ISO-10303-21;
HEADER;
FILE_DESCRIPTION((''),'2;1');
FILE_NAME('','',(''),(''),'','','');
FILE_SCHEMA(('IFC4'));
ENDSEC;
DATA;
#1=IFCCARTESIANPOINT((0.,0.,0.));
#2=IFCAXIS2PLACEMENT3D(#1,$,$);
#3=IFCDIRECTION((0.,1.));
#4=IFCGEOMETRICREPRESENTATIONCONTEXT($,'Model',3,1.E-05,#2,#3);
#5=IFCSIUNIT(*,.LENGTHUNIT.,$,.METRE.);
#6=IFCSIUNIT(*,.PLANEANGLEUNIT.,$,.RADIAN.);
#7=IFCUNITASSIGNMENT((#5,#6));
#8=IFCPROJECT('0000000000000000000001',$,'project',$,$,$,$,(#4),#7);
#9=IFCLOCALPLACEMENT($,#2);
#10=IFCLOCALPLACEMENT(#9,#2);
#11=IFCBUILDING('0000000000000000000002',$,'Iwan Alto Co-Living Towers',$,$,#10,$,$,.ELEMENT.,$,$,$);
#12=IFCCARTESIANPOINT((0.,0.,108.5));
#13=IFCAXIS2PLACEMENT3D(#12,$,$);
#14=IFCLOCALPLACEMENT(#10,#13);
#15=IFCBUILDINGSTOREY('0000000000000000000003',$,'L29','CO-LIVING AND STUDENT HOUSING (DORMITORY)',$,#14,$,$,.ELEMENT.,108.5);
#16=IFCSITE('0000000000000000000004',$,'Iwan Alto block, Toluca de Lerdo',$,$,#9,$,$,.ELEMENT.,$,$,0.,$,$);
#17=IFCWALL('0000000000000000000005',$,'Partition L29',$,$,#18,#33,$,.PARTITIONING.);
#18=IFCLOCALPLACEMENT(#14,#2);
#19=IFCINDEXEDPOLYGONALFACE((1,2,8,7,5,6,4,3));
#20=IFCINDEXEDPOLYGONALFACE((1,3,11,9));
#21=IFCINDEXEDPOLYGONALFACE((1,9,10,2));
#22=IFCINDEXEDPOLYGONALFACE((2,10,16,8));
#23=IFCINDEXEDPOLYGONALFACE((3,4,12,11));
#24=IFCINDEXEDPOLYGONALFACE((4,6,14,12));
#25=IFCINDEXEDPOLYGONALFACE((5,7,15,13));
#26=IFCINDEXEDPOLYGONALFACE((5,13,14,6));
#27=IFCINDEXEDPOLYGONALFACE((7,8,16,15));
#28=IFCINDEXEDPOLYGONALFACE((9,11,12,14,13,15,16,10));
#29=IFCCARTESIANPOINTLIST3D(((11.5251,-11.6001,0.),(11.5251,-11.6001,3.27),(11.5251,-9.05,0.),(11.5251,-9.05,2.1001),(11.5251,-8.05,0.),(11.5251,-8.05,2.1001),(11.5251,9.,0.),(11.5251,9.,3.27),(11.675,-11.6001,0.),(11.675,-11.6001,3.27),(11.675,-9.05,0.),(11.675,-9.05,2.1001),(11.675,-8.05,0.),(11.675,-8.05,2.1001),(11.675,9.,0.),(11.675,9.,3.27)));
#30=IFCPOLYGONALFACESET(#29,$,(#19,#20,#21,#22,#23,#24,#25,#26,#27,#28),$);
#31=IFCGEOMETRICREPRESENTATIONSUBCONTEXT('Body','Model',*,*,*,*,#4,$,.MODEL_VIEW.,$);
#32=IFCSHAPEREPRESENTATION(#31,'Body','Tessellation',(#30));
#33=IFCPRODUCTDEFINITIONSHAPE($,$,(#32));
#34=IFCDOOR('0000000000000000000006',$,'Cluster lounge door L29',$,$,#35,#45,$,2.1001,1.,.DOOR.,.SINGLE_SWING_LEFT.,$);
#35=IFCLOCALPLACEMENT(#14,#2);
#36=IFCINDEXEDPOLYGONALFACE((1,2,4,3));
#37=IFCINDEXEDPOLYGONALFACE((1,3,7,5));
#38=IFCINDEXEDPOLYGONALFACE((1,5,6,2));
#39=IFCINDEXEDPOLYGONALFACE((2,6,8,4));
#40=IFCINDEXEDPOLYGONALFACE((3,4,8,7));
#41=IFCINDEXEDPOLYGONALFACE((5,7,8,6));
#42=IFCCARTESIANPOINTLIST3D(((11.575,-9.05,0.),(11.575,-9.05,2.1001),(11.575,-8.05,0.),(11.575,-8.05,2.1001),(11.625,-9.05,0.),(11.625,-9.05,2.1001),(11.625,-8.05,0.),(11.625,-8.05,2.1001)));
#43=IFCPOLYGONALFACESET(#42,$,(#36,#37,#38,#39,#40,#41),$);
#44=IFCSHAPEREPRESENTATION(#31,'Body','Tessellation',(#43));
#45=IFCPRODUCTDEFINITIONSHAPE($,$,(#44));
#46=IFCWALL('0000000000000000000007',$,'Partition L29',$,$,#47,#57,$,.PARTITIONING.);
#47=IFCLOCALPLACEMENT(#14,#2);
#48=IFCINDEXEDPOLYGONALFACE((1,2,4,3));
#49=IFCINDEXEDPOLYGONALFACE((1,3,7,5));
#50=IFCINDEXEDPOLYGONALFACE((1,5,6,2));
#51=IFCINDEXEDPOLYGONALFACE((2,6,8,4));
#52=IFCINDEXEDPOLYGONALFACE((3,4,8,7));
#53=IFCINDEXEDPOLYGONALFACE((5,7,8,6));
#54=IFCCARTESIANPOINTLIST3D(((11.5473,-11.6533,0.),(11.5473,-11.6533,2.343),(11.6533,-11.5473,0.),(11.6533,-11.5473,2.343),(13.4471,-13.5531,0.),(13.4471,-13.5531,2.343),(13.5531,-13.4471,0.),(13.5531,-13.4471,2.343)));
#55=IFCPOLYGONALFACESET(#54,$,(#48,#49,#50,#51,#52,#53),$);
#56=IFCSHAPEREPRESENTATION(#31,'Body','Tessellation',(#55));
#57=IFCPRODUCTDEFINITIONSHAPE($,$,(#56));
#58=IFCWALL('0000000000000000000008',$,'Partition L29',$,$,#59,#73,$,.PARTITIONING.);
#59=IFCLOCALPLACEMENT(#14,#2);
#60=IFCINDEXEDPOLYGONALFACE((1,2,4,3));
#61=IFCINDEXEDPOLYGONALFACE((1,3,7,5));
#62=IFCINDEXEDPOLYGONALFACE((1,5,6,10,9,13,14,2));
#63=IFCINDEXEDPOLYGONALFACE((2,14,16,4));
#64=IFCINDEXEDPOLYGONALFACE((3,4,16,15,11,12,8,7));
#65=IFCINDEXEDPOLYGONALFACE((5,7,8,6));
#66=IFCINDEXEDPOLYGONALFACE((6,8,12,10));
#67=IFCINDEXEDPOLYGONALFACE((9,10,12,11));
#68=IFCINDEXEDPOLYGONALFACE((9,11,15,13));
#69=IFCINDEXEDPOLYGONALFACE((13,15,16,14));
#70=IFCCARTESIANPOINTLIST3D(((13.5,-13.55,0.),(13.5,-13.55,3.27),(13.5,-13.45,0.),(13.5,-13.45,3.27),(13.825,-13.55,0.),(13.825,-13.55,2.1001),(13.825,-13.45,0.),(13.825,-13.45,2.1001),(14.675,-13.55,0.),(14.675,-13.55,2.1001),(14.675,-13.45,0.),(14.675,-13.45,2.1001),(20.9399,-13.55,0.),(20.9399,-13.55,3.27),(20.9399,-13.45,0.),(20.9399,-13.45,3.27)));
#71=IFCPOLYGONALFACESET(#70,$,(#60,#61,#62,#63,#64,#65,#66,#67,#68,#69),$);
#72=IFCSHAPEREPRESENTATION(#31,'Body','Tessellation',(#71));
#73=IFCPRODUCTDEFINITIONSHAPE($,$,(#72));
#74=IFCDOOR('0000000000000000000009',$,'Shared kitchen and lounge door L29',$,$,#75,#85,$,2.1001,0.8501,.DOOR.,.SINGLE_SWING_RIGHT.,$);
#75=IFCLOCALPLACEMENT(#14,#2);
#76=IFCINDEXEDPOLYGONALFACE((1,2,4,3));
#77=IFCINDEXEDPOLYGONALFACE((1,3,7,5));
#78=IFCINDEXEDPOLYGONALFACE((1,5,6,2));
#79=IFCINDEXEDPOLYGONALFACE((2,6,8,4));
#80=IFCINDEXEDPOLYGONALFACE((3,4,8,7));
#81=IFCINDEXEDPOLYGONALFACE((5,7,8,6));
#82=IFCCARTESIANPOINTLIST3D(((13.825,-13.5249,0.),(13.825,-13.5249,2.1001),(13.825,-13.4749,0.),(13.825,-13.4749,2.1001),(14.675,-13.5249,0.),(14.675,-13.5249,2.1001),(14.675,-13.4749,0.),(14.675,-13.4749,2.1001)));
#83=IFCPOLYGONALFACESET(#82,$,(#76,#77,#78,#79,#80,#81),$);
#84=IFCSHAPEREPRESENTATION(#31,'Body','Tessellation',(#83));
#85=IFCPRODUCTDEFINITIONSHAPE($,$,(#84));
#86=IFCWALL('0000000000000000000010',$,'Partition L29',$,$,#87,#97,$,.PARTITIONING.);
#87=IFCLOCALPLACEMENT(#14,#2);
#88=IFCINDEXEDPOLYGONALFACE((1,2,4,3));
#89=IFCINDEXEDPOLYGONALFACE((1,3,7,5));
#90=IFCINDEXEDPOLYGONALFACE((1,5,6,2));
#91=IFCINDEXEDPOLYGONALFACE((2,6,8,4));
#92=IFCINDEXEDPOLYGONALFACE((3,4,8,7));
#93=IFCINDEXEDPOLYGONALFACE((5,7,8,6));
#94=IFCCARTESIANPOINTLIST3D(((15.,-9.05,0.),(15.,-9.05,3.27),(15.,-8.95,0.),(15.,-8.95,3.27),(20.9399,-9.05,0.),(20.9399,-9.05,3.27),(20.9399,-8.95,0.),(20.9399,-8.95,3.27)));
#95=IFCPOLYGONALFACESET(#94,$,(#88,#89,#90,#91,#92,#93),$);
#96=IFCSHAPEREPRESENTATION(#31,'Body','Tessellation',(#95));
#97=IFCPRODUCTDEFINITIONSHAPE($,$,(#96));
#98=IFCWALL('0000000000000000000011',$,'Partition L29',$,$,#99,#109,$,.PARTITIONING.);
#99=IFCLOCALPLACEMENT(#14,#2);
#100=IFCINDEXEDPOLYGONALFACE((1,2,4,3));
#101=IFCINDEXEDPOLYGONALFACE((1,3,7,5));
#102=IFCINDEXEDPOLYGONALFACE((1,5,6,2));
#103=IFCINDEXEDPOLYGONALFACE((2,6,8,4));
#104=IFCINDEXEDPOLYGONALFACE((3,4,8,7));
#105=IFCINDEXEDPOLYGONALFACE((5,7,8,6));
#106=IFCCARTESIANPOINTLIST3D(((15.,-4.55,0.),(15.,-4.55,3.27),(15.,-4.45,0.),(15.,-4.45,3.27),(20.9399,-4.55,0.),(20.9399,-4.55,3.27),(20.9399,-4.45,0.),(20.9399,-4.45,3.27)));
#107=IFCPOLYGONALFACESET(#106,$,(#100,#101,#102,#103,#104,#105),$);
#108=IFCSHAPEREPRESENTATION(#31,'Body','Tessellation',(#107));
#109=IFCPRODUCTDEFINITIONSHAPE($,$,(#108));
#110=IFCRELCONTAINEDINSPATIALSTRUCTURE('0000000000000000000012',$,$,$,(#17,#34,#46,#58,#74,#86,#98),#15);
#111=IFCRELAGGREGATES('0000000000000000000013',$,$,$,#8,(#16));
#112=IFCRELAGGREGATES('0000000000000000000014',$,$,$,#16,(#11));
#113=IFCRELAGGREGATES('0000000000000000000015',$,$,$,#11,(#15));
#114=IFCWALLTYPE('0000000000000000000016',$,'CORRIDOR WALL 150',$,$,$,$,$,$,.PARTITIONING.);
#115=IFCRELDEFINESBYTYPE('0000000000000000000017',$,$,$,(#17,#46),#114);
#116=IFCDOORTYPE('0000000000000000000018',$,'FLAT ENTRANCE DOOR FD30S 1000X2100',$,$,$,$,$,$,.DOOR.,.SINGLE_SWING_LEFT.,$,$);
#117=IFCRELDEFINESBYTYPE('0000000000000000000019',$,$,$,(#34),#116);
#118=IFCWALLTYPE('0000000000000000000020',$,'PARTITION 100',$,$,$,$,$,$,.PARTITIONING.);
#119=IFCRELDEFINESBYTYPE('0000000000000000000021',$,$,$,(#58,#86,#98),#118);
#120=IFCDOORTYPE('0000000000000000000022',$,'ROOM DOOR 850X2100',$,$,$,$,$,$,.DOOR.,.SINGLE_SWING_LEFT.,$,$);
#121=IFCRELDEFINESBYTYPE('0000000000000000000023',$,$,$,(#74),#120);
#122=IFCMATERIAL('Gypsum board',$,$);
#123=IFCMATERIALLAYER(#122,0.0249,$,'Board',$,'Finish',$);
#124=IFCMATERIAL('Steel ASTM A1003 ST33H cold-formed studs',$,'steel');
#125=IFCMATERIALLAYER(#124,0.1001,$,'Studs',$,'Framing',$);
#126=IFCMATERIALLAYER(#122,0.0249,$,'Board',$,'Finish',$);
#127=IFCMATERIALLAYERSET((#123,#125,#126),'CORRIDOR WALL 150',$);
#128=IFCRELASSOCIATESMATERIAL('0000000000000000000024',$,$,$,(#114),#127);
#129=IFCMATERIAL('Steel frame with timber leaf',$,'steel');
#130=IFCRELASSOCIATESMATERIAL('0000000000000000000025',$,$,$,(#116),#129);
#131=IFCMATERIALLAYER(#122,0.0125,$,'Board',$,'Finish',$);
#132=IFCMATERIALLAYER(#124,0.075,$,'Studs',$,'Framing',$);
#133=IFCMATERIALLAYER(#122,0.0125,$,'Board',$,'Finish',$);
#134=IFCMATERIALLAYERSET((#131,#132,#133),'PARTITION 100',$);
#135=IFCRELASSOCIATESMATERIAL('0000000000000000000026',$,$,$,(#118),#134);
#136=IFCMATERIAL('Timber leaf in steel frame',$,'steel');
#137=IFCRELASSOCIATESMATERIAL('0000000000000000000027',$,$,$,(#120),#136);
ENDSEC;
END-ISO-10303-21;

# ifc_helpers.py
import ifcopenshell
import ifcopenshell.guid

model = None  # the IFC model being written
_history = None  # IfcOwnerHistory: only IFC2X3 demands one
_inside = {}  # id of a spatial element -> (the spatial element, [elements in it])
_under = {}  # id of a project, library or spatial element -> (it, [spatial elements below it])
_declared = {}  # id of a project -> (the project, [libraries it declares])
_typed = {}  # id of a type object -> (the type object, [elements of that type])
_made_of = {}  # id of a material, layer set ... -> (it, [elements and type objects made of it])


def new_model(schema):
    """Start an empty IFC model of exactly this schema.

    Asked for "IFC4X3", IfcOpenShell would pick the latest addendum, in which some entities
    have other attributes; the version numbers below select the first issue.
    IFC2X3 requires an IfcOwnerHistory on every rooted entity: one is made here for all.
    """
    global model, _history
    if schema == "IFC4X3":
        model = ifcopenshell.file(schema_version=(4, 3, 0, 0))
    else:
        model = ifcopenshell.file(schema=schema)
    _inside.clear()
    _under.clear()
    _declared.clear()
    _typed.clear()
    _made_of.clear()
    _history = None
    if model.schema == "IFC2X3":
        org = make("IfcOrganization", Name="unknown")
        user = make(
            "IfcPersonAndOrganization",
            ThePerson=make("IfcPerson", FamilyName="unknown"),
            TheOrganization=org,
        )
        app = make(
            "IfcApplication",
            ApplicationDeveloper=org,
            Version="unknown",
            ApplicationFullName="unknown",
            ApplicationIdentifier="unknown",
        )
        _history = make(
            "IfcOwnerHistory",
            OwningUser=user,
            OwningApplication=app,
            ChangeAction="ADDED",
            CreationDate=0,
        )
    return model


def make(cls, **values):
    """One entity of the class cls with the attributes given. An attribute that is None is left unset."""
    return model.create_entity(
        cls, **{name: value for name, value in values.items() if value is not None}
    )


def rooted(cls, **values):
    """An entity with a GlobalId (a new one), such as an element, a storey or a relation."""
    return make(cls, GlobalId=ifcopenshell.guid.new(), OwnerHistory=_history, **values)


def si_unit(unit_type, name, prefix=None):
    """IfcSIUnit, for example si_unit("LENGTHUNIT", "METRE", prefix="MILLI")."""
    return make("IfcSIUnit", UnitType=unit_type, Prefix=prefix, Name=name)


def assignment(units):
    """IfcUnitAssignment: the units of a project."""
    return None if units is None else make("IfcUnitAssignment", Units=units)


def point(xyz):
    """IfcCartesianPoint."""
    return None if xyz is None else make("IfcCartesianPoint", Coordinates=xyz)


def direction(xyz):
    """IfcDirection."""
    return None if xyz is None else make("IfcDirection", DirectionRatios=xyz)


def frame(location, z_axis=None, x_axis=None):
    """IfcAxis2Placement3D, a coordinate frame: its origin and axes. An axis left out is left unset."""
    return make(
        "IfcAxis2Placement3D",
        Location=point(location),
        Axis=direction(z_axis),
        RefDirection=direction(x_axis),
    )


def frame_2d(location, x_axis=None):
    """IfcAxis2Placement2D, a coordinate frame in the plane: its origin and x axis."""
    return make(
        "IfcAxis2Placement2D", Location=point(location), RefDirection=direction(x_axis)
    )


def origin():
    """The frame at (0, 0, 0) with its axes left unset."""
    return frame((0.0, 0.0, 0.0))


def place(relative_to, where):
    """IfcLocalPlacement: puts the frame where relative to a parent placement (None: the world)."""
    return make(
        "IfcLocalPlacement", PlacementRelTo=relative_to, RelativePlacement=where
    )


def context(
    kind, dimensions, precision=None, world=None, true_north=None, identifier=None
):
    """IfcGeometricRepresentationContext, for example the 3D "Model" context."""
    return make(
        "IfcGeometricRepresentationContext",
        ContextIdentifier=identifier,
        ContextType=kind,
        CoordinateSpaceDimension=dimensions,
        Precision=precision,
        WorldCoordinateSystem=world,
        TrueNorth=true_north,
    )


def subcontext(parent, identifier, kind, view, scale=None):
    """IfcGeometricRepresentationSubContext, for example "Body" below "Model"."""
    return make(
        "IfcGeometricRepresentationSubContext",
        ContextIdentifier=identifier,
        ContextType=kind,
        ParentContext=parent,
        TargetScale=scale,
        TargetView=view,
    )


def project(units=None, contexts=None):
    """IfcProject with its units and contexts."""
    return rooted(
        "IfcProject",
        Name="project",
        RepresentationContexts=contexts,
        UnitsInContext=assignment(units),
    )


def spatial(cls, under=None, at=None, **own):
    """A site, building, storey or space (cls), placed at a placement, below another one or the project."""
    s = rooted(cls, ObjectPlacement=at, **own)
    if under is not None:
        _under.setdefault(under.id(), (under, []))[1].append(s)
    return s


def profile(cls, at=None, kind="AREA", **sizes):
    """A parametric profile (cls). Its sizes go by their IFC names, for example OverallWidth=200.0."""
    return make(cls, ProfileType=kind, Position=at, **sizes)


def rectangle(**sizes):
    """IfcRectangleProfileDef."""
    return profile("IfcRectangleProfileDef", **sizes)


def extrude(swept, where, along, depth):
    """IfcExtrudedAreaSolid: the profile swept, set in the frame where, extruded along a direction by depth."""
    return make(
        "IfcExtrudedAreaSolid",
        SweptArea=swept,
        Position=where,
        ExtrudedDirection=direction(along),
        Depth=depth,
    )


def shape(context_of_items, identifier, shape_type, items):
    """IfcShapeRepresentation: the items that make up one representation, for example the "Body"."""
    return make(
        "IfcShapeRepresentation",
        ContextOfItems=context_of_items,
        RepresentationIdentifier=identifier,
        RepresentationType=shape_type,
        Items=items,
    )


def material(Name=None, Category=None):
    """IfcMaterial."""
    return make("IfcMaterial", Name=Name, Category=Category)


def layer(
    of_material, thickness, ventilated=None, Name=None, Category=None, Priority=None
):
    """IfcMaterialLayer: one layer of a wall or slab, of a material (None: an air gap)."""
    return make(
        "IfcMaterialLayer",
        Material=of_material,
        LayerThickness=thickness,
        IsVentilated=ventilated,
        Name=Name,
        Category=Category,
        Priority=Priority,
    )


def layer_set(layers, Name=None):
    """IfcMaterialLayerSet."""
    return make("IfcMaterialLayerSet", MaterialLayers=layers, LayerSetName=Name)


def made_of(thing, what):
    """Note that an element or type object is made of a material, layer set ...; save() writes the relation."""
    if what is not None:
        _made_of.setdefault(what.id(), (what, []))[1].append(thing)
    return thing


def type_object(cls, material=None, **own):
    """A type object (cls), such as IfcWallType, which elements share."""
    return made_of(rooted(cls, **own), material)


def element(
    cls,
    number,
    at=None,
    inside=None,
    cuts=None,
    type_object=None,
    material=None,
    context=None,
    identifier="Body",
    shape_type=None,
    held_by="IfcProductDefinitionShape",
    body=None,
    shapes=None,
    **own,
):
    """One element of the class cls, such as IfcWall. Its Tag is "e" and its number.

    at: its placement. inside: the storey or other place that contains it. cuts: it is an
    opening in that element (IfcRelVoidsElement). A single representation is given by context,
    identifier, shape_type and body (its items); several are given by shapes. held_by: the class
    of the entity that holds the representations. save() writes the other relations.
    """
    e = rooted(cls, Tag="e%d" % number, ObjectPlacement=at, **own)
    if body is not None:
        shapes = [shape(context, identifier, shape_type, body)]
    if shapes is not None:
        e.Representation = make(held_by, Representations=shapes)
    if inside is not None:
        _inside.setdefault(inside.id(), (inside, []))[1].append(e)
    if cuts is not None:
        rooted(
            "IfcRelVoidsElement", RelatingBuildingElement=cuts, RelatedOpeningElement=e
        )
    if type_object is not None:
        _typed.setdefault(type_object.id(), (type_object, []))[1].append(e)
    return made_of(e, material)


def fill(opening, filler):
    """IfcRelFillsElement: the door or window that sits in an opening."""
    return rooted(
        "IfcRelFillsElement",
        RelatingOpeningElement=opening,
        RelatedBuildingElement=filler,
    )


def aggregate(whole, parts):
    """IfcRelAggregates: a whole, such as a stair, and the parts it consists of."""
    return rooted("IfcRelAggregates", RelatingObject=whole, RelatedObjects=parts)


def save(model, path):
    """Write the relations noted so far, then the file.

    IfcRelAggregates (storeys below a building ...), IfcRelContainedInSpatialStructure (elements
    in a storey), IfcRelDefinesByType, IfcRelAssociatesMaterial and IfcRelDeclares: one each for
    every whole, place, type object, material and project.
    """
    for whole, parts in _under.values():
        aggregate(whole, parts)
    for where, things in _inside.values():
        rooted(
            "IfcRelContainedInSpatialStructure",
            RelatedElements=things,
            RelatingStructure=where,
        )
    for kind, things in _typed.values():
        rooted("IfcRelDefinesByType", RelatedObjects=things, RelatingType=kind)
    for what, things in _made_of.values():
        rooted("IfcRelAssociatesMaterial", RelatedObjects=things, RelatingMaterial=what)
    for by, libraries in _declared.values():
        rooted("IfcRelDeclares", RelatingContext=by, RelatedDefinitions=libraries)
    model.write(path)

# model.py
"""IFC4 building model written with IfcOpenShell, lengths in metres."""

from ifc_helpers import new_model, si_unit, direction, frame, frame_2d, origin, place, context, subcontext, project, spatial, rectangle, extrude, material, layer, layer_set, type_object, element, fill, save


model = new_model("IFC4")

# Units and contexts
model_context = context("Model", 3, precision=1e-05, world=origin(), true_north=direction((0.0, 1.0)))
body_context = subcontext(model_context, "Body", "Model", "MODEL_VIEW")
ifc_project = project(units=[si_unit("LENGTHUNIT", "METRE"), si_unit("PLANEANGLEUNIT", "RADIAN")], contexts=[model_context])

# Site, building, storey
site_placement = place(None, origin())
site = spatial("IfcSite", under=ifc_project, at=site_placement, Name="Iwan Alto block, Toluca de Lerdo", CompositionType="ELEMENT", RefElevation=0.0)
building_placement = place(site_placement, origin())
building = spatial("IfcBuilding", under=site, at=building_placement, Name="Iwan Alto Co-Living Towers", CompositionType="ELEMENT")
storey_placement = place(building_placement, frame((0.0, 0.0, 108.5)))
storey = spatial("IfcBuildingStorey", under=building, at=storey_placement, Name="L29", Description="CO-LIVING AND STUDENT HOUSING (DORMITORY)", CompositionType="ELEMENT", Elevation=108.5)

# Wall, opening, door
ifc_material_1 = material(Name="Gypsum board")
ifc_layer_1 = layer(ifc_material_1, 0.0249, Name="Board", Category="Finish")
ifc_material_2 = material(Name="Steel ASTM A1003 ST33H cold-formed studs", Category="steel")
ifc_layer_2 = layer(ifc_material_2, 0.1001, Name="Studs", Category="Framing")
ifc_layer_3 = layer(ifc_material_1, 0.0249, Name="Board", Category="Finish")
ifc_layer_set_1 = layer_set([ifc_layer_1, ifc_layer_2, ifc_layer_3], Name="CORRIDOR WALL 150")
wall_type_1 = type_object("IfcWallType", Name="CORRIDOR WALL 150", PredefinedType="PARTITIONING", material=ifc_layer_set_1)
wall_1_placement = place(storey_placement, frame((11.6001, -11.6001, 0.0), z_axis=(0.0, 0.0, 1.0), x_axis=(0.0, 1.0, 0.0)))
wall_1 = element("IfcWall", 1, at=wall_1_placement, inside=storey, type_object=wall_type_1, Name="Partition L29", PredefinedType="PARTITIONING", context=body_context, shape_type="SweptSolid", body=[
    extrude(rectangle(XDim=20.6001, YDim=0.1499, at=frame_2d((10.3, 0.0))), origin(), (0.0, 0.0, 1.0), 3.27),
])
opening_1_placement = place(wall_1_placement, frame((2.55, 0.0, 0.0)))
opening_1 = element("IfcOpeningElement", 2, at=opening_1_placement, cuts=wall_1, PredefinedType="OPENING", context=body_context, shape_type="SweptSolid", body=[
    extrude(rectangle(XDim=1.0, YDim=2.1001, at=frame_2d((0.5, 1.05))), frame((0.0, 0.085, 0.0), z_axis=(0.0, -1.0, 0.0), x_axis=(1.0, 0.0, 0.0)), (0.0, 0.0, 1.0), 0.1699),
])
ifc_material_3 = material(Name="Steel frame with timber leaf", Category="steel")
door_type_1 = type_object("IfcDoorType", Name="FLAT ENTRANCE DOOR FD30S 1000X2100", OperationType="SINGLE_SWING_LEFT", PredefinedType="DOOR", material=ifc_material_3)
door_1_placement = place(opening_1_placement, frame((1.0, 0.0, 0.0), z_axis=(0.0, 0.0, 1.0), x_axis=(-1.0, 0.0, 0.0)))
door_1 = element("IfcDoor", 3, at=door_1_placement, inside=storey, type_object=door_type_1, Name="Cluster lounge door L29", OperationType="SINGLE_SWING_LEFT", OverallHeight=2.1001, OverallWidth=1.0, PredefinedType="DOOR", context=body_context, shape_type="SweptSolid", body=[
    extrude(rectangle(XDim=1.0, YDim=2.1001, at=frame_2d((0.5, 1.05))), frame((0.0, 0.0249, 0.0), z_axis=(0.0, -1.0, 0.0), x_axis=(1.0, 0.0, 0.0)), (0.0, 0.0, 1.0), 0.05),
])
fill(opening_1, door_1)

# Wall
wall_2_placement = place(storey_placement, frame((13.5, -13.5, 0.0), z_axis=(0.0, 0.0, 1.0), x_axis=(-0.707107, 0.707107, 0.0)))
element("IfcWall", 4, at=wall_2_placement, inside=storey, type_object=wall_type_1, Name="Partition L29", PredefinedType="PARTITIONING", context=body_context, shape_type="SweptSolid", body=[
    extrude(rectangle(XDim=2.6868, YDim=0.1499, at=frame_2d((1.3433, 0.0))), origin(), (0.0, 0.0, 1.0), 2.343),
])

# Wall, opening, door
ifc_layer_4 = layer(ifc_material_1, 0.0125, Name="Board", Category="Finish")
ifc_layer_5 = layer(ifc_material_2, 0.075, Name="Studs", Category="Framing")
ifc_layer_6 = layer(ifc_material_1, 0.0125, Name="Board", Category="Finish")
ifc_layer_set_2 = layer_set([ifc_layer_4, ifc_layer_5, ifc_layer_6], Name="PARTITION 100")
wall_type_2 = type_object("IfcWallType", Name="PARTITION 100", PredefinedType="PARTITIONING", material=ifc_layer_set_2)
wall_3_placement = place(storey_placement, frame((13.5, -13.5, 0.0), z_axis=(0.0, 0.0, 1.0), x_axis=(1.0, 0.0, 0.0)))
wall_3 = element("IfcWall", 5, at=wall_3_placement, inside=storey, type_object=wall_type_2, Name="Partition L29", PredefinedType="PARTITIONING", context=body_context, shape_type="SweptSolid", body=[
    extrude(rectangle(XDim=7.4399, YDim=0.1001, at=frame_2d((3.72, 0.0))), origin(), (0.0, 0.0, 1.0), 3.27),
])
opening_2_placement = place(wall_3_placement, frame((0.325, 0.0, 0.0)))
opening_2 = element("IfcOpeningElement", 6, at=opening_2_placement, cuts=wall_3, PredefinedType="OPENING", context=body_context, shape_type="SweptSolid", body=[
    extrude(rectangle(XDim=0.8501, YDim=2.1001, at=frame_2d((0.425, 1.05))), frame((0.0, 0.0601, 0.0), z_axis=(0.0, -1.0, 0.0), x_axis=(1.0, 0.0, 0.0)), (0.0, 0.0, 1.0), 0.1201),
])
ifc_material_4 = material(Name="Timber leaf in steel frame", Category="steel")
door_type_2 = type_object("IfcDoorType", Name="ROOM DOOR 850X2100", OperationType="SINGLE_SWING_LEFT", PredefinedType="DOOR", material=ifc_material_4)
door_2_placement = place(opening_2_placement, frame((0.8501, 0.0, 0.0), z_axis=(0.0, 0.0, 1.0), x_axis=(-1.0, 0.0, 0.0)))
door_2 = element("IfcDoor", 7, at=door_2_placement, inside=storey, type_object=door_type_2, Name="Shared kitchen and lounge door L29", OperationType="SINGLE_SWING_RIGHT", OverallHeight=2.1001, OverallWidth=0.8501, PredefinedType="DOOR", context=body_context, shape_type="SweptSolid", body=[
    extrude(rectangle(XDim=0.8501, YDim=2.1001, at=frame_2d((0.425, 1.05))), frame((0.0, 0.0249, 0.0), z_axis=(0.0, -1.0, 0.0), x_axis=(1.0, 0.0, 0.0)), (0.0, 0.0, 1.0), 0.05),
])
fill(opening_2, door_2)

# Walls
for number, where, z_axis, x_axis, name in (
    (8, (15.0, -9.0, 0.0), (0.0, 0.0, 1.0), (1.0, 0.0, 0.0), "Partition L29"),
    (9, (15.0, -4.5, 0.0), (0.0, 0.0, 1.0), (1.0, 0.0, 0.0), "Partition L29"),
):
    element("IfcWall", number, at=place(storey_placement, frame(where, z_axis=z_axis, x_axis=x_axis)), inside=storey, type_object=wall_type_2, Name=name, PredefinedType="PARTITIONING", context=body_context, shape_type="SweptSolid", body=[
        extrude(rectangle(XDim=5.9399, YDim=0.1001, at=frame_2d((2.97, 0.0))), origin(), (0.0, 0.0, 1.0), 3.27),
    ])

save(model, "model.ifc")
